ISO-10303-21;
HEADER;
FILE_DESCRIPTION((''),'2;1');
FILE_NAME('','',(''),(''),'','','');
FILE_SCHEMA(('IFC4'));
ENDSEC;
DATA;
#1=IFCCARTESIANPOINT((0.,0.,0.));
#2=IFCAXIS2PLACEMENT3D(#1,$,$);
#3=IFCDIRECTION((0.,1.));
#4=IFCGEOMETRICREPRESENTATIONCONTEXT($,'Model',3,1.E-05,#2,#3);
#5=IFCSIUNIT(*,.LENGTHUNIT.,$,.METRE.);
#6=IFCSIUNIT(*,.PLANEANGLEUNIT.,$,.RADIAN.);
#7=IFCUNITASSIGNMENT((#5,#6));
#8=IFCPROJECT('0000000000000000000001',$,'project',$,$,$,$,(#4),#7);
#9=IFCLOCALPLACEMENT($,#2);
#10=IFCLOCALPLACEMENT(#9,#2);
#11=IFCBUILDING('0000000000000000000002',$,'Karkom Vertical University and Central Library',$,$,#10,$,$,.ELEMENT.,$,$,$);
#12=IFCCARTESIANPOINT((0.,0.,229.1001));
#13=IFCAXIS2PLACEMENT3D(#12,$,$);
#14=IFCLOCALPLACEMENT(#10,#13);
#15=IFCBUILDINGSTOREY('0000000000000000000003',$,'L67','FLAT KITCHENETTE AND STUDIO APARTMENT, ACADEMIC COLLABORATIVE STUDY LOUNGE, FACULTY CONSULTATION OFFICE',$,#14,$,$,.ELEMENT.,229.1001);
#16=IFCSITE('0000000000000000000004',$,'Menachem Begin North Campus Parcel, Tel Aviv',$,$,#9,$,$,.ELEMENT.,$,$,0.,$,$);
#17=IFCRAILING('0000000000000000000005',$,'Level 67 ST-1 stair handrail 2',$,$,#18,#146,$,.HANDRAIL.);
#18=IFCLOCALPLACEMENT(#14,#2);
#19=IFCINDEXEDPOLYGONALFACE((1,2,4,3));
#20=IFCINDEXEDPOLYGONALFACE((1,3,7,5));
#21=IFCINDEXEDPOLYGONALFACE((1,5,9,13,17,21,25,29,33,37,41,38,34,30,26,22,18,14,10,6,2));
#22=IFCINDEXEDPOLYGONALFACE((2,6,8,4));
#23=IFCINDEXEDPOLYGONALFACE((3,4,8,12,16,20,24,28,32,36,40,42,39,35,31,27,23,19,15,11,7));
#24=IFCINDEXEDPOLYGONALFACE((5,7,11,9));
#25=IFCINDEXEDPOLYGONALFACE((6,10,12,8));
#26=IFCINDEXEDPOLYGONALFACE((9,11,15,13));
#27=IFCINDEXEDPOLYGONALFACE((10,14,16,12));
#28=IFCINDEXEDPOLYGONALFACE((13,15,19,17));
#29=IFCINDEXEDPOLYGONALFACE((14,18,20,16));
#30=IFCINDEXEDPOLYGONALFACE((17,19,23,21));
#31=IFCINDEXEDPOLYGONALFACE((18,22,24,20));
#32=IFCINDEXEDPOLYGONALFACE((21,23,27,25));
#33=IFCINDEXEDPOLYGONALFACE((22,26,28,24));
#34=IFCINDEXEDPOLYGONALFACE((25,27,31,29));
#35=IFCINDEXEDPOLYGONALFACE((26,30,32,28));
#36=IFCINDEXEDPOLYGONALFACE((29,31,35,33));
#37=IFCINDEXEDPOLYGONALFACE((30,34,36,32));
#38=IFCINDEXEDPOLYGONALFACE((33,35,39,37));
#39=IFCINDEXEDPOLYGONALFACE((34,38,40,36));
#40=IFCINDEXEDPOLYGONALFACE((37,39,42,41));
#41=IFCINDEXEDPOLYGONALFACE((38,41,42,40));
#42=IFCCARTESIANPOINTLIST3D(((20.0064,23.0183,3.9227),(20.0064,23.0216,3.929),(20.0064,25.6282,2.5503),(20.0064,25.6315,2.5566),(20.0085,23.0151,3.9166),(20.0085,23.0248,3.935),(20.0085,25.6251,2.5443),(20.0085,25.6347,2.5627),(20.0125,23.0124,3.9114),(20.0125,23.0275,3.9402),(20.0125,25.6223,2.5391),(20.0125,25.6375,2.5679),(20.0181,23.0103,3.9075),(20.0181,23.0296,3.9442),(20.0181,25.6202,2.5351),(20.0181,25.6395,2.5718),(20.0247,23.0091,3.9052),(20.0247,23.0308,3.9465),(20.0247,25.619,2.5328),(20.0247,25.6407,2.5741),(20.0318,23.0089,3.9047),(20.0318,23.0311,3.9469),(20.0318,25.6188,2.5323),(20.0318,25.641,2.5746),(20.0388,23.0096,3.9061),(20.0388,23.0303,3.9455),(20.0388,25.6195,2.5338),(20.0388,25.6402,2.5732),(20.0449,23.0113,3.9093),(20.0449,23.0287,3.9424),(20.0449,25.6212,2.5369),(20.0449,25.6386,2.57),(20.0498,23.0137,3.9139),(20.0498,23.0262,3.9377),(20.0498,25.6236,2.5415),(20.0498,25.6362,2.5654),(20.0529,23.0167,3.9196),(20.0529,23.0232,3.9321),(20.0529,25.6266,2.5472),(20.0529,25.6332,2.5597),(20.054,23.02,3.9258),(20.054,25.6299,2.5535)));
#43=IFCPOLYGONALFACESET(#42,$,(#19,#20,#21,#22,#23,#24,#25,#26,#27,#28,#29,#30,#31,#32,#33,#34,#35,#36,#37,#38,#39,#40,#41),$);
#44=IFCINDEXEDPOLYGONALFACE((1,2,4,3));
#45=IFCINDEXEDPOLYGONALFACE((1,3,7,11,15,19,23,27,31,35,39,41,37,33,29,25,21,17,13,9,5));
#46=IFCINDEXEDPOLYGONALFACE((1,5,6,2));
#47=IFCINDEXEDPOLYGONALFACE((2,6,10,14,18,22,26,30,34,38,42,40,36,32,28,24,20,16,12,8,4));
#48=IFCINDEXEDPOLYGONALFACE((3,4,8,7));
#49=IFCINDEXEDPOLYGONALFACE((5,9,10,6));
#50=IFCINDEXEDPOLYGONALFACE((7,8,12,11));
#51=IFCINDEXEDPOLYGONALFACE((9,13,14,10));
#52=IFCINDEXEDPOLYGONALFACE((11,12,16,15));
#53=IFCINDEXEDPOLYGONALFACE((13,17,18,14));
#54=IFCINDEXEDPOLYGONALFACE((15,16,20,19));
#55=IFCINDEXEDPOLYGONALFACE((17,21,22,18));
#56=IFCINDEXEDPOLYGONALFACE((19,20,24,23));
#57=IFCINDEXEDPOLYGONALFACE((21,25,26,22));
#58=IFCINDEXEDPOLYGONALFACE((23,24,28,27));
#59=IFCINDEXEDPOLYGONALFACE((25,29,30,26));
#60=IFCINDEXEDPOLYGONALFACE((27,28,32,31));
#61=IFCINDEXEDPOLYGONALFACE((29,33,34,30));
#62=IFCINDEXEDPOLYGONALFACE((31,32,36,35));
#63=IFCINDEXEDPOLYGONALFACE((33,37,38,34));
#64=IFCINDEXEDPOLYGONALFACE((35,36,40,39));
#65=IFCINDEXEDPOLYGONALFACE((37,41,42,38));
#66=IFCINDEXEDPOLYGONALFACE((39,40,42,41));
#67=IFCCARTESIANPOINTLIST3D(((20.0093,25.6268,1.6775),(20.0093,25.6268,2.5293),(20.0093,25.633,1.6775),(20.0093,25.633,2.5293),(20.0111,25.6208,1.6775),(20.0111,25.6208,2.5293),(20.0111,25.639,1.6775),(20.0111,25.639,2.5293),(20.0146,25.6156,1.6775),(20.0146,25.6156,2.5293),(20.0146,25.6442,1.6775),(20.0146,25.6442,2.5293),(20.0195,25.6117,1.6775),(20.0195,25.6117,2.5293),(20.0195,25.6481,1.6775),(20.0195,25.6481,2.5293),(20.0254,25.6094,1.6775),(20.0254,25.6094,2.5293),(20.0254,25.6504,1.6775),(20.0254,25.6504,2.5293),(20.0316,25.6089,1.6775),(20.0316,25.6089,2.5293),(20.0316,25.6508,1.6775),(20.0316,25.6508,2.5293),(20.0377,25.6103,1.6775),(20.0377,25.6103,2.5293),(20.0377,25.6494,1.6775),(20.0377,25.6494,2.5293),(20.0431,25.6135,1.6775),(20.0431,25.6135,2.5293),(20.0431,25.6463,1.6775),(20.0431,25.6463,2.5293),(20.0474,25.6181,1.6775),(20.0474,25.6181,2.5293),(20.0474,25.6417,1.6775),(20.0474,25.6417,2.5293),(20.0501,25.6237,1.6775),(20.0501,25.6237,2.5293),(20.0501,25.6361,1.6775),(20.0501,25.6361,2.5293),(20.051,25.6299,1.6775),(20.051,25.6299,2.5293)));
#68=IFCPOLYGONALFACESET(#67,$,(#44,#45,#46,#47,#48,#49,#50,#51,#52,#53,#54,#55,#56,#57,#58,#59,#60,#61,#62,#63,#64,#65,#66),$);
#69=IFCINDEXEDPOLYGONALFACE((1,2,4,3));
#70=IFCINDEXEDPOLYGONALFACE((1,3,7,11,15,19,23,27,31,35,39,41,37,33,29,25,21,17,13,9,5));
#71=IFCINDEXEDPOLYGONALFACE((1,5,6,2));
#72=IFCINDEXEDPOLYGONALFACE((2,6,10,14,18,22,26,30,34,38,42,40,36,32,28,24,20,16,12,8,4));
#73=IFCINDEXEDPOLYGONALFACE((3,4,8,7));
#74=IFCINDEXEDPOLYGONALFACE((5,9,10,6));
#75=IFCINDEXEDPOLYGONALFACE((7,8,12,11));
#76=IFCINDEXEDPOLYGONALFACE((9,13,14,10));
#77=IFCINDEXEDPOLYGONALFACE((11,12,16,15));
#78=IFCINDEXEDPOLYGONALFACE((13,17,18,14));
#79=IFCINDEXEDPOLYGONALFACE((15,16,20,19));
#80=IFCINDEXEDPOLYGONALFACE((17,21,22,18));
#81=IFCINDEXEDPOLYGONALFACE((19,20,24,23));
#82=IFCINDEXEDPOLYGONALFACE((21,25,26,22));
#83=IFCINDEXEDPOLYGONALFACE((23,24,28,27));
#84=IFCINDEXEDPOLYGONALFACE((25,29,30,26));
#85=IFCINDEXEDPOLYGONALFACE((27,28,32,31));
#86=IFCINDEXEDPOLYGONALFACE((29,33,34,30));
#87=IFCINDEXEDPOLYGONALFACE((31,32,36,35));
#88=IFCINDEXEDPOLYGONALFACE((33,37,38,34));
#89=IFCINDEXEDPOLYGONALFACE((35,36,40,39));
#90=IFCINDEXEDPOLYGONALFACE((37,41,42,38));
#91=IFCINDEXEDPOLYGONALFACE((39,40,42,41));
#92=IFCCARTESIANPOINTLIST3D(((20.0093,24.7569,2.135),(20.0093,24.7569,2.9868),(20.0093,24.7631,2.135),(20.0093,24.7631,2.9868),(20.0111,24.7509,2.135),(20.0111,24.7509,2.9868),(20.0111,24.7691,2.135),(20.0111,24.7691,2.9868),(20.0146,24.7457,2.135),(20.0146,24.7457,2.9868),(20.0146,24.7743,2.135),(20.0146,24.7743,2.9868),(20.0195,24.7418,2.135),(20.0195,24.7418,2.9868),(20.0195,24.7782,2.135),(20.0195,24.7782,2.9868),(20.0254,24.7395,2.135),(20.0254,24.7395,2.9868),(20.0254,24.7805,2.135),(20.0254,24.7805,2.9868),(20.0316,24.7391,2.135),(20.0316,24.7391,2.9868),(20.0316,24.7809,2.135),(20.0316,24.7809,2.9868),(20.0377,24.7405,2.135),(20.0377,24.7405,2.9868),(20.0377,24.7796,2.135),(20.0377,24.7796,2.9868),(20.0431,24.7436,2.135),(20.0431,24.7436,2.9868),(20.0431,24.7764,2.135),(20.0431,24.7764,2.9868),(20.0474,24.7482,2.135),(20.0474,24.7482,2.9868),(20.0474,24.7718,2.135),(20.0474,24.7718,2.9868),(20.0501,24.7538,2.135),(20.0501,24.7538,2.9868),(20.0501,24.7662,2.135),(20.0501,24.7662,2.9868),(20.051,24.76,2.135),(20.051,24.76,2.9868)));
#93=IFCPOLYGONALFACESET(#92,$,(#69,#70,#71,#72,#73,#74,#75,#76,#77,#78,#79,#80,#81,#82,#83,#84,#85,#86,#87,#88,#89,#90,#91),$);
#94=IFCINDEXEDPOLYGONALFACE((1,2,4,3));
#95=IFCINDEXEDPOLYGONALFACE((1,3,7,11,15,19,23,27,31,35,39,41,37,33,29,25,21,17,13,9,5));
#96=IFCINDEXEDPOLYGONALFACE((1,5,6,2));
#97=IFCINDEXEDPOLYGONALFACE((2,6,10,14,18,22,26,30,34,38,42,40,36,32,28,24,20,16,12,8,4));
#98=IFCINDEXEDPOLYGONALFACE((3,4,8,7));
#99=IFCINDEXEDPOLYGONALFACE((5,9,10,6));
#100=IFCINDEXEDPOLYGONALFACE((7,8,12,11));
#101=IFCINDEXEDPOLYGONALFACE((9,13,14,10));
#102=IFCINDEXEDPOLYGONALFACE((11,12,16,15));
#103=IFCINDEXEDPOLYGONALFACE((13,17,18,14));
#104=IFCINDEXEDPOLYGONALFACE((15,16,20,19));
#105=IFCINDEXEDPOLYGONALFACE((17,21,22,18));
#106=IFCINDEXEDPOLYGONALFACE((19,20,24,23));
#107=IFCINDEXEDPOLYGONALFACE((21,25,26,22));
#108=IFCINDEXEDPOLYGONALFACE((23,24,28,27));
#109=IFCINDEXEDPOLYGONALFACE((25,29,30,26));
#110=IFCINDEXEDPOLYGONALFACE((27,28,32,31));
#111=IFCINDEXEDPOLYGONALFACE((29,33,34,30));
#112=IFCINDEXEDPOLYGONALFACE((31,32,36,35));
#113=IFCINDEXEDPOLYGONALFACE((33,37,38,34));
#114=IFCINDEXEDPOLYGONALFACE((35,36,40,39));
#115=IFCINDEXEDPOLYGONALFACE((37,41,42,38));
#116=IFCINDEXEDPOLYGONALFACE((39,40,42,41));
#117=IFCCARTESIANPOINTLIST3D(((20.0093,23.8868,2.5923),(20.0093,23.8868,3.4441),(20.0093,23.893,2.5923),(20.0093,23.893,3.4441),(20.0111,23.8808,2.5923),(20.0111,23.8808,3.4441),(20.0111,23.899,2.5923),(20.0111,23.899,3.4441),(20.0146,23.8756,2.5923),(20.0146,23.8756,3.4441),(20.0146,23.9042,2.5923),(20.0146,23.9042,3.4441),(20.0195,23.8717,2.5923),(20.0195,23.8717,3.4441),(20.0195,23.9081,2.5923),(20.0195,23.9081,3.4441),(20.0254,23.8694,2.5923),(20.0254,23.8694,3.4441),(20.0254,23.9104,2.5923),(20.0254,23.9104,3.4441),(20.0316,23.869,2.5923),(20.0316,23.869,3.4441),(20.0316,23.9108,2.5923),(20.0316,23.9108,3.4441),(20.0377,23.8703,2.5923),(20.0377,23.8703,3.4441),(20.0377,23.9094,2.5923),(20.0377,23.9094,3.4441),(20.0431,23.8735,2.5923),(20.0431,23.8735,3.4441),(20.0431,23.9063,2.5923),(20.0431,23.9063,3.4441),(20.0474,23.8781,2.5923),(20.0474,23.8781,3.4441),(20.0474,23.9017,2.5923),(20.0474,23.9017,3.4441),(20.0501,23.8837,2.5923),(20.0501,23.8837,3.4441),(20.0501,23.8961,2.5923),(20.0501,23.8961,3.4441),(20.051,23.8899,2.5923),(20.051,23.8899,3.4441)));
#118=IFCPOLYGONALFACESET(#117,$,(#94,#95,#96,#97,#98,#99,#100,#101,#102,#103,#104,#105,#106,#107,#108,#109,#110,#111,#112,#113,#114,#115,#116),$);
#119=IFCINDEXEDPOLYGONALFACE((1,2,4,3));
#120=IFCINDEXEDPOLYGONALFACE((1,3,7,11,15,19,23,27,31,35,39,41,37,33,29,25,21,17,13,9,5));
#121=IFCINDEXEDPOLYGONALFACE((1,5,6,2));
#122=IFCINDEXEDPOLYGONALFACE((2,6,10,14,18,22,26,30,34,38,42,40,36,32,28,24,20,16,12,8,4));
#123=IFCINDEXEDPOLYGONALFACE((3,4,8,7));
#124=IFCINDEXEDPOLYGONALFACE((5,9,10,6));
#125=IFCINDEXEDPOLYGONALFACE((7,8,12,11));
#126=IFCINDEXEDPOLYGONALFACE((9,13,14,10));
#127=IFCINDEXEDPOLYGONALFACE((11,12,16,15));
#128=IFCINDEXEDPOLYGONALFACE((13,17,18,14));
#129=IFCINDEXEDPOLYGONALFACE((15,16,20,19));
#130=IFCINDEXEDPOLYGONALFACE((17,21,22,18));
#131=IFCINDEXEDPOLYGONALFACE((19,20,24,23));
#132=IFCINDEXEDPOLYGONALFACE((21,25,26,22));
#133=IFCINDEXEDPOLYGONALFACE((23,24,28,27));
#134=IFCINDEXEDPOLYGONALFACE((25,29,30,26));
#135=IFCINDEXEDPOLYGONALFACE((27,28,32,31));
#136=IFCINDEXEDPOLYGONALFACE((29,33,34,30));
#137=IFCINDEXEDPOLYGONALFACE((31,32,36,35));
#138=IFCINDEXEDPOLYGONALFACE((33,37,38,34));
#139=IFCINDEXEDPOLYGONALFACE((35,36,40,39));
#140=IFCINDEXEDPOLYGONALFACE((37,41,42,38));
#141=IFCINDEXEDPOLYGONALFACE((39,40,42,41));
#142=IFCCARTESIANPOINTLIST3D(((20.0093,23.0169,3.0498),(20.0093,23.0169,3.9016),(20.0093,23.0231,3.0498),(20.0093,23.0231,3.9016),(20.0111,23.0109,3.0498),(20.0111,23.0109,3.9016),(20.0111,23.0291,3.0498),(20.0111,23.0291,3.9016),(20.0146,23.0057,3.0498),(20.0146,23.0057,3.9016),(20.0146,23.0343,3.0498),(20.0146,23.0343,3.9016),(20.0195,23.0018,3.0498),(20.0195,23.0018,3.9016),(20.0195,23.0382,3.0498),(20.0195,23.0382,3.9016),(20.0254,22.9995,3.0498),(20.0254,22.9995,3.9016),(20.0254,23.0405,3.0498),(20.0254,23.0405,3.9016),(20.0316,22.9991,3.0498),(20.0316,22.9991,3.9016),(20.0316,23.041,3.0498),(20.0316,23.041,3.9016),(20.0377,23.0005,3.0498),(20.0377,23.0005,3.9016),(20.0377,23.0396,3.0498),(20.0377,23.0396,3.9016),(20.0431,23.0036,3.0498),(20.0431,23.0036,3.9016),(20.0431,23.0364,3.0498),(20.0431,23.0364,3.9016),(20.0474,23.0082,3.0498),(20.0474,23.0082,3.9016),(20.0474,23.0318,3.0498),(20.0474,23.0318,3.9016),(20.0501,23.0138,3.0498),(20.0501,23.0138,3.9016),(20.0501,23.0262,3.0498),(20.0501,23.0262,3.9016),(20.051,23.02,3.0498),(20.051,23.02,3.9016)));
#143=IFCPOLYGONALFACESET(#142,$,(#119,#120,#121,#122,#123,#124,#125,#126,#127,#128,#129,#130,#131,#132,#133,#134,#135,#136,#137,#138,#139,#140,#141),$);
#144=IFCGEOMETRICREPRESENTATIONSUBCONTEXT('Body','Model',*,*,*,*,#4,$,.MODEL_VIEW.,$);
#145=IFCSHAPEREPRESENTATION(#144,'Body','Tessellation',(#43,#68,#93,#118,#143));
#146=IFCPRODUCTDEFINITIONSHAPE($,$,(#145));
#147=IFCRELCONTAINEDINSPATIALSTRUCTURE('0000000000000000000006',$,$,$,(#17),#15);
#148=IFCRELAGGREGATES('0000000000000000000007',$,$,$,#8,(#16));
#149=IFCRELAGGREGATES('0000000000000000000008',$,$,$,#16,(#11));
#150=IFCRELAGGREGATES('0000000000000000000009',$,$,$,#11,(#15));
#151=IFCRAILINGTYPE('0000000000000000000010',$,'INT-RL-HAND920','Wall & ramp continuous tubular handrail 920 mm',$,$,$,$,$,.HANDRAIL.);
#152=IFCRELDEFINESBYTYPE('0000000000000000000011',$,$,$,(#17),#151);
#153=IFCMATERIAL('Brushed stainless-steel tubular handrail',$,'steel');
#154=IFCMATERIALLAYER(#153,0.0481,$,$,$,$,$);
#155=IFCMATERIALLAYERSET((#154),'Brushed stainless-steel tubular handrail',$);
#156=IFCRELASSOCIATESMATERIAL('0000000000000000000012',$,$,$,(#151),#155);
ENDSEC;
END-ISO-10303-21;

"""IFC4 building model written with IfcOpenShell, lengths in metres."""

from ifc_helpers import new_model, si_unit, direction, frame, origin, origin_2d, place, context, subcontext, project, spatial, circle, extrude, material, layer, layer_set, type_object, element, save


model = new_model("IFC4")

# Units and contexts
model_context = context("Model", 3, precision=1e-05, world=origin(), true_north=direction((0.0, 1.0)))
body_context = subcontext(model_context, "Body", "Model", "MODEL_VIEW")
ifc_project = project(units=[si_unit("LENGTHUNIT", "METRE"), si_unit("PLANEANGLEUNIT", "RADIAN")], contexts=[model_context])

# Site, building, storey
site_placement = place(None, origin())
site = spatial("IfcSite", under=ifc_project, at=site_placement, Name="Menachem Begin North Campus Parcel, Tel Aviv", CompositionType="ELEMENT", RefElevation=0.0)
building_placement = place(site_placement, origin())
building = spatial("IfcBuilding", under=site, at=building_placement, Name="Karkom Vertical University and Central Library", CompositionType="ELEMENT")
storey_placement = place(building_placement, frame((0.0, 0.0, 229.1001)))
storey = spatial("IfcBuildingStorey", under=building, at=storey_placement, Name="L67", Description="FLAT KITCHENETTE AND STUDIO APARTMENT, ACADEMIC COLLABORATIVE STUDY LOUNGE, FACULTY CONSULTATION OFFICE", CompositionType="ELEMENT", Elevation=229.1001)

# Railing
ifc_material_1 = material(Name="Brushed stainless-steel tubular handrail", Category="steel")
ifc_layer_1 = layer(ifc_material_1, 0.0481)
ifc_layer_set_1 = layer_set([ifc_layer_1], Name="Brushed stainless-steel tubular handrail")
railing_type_1 = type_object("IfcRailingType", Name="INT-RL-HAND920", Description="Wall & ramp continuous tubular handrail 920 mm", PredefinedType="HANDRAIL", material=ifc_layer_set_1)
railing_1_placement = place(storey_placement, frame((20.03, 25.6299, 1.6775)))
element("IfcRailing", 1, at=railing_1_placement, inside=storey, type_object=railing_type_1, Name="Level 67 ST-1 stair handrail 2", PredefinedType="HANDRAIL", context=body_context, shape_type="SweptSolid", body=[
    extrude(circle(Radius=0.0239, at=origin_2d()), frame((0.0, 0.0, 0.876), z_axis=(0.0, -0.8851, 0.465402), x_axis=(1.0, 0.0, 0.0)), (0.0, 0.0, 1.0), 2.9487),
    extrude(circle(Radius=0.021, at=origin_2d()), origin(), (0.0, 0.0, 1.0), 0.8518),
    extrude(circle(Radius=0.021, at=origin_2d()), frame((0.0, -0.8699, 0.4575)), (0.0, 0.0, 1.0), 0.8518),
    extrude(circle(Radius=0.021, at=origin_2d()), frame((0.0, -1.74, 0.9148)), (0.0, 0.0, 1.0), 0.8518),
    extrude(circle(Radius=0.021, at=origin_2d()), frame((0.0, -2.6099, 1.3723)), (0.0, 0.0, 1.0), 0.8518),
])

save(model, "model.ifc")
